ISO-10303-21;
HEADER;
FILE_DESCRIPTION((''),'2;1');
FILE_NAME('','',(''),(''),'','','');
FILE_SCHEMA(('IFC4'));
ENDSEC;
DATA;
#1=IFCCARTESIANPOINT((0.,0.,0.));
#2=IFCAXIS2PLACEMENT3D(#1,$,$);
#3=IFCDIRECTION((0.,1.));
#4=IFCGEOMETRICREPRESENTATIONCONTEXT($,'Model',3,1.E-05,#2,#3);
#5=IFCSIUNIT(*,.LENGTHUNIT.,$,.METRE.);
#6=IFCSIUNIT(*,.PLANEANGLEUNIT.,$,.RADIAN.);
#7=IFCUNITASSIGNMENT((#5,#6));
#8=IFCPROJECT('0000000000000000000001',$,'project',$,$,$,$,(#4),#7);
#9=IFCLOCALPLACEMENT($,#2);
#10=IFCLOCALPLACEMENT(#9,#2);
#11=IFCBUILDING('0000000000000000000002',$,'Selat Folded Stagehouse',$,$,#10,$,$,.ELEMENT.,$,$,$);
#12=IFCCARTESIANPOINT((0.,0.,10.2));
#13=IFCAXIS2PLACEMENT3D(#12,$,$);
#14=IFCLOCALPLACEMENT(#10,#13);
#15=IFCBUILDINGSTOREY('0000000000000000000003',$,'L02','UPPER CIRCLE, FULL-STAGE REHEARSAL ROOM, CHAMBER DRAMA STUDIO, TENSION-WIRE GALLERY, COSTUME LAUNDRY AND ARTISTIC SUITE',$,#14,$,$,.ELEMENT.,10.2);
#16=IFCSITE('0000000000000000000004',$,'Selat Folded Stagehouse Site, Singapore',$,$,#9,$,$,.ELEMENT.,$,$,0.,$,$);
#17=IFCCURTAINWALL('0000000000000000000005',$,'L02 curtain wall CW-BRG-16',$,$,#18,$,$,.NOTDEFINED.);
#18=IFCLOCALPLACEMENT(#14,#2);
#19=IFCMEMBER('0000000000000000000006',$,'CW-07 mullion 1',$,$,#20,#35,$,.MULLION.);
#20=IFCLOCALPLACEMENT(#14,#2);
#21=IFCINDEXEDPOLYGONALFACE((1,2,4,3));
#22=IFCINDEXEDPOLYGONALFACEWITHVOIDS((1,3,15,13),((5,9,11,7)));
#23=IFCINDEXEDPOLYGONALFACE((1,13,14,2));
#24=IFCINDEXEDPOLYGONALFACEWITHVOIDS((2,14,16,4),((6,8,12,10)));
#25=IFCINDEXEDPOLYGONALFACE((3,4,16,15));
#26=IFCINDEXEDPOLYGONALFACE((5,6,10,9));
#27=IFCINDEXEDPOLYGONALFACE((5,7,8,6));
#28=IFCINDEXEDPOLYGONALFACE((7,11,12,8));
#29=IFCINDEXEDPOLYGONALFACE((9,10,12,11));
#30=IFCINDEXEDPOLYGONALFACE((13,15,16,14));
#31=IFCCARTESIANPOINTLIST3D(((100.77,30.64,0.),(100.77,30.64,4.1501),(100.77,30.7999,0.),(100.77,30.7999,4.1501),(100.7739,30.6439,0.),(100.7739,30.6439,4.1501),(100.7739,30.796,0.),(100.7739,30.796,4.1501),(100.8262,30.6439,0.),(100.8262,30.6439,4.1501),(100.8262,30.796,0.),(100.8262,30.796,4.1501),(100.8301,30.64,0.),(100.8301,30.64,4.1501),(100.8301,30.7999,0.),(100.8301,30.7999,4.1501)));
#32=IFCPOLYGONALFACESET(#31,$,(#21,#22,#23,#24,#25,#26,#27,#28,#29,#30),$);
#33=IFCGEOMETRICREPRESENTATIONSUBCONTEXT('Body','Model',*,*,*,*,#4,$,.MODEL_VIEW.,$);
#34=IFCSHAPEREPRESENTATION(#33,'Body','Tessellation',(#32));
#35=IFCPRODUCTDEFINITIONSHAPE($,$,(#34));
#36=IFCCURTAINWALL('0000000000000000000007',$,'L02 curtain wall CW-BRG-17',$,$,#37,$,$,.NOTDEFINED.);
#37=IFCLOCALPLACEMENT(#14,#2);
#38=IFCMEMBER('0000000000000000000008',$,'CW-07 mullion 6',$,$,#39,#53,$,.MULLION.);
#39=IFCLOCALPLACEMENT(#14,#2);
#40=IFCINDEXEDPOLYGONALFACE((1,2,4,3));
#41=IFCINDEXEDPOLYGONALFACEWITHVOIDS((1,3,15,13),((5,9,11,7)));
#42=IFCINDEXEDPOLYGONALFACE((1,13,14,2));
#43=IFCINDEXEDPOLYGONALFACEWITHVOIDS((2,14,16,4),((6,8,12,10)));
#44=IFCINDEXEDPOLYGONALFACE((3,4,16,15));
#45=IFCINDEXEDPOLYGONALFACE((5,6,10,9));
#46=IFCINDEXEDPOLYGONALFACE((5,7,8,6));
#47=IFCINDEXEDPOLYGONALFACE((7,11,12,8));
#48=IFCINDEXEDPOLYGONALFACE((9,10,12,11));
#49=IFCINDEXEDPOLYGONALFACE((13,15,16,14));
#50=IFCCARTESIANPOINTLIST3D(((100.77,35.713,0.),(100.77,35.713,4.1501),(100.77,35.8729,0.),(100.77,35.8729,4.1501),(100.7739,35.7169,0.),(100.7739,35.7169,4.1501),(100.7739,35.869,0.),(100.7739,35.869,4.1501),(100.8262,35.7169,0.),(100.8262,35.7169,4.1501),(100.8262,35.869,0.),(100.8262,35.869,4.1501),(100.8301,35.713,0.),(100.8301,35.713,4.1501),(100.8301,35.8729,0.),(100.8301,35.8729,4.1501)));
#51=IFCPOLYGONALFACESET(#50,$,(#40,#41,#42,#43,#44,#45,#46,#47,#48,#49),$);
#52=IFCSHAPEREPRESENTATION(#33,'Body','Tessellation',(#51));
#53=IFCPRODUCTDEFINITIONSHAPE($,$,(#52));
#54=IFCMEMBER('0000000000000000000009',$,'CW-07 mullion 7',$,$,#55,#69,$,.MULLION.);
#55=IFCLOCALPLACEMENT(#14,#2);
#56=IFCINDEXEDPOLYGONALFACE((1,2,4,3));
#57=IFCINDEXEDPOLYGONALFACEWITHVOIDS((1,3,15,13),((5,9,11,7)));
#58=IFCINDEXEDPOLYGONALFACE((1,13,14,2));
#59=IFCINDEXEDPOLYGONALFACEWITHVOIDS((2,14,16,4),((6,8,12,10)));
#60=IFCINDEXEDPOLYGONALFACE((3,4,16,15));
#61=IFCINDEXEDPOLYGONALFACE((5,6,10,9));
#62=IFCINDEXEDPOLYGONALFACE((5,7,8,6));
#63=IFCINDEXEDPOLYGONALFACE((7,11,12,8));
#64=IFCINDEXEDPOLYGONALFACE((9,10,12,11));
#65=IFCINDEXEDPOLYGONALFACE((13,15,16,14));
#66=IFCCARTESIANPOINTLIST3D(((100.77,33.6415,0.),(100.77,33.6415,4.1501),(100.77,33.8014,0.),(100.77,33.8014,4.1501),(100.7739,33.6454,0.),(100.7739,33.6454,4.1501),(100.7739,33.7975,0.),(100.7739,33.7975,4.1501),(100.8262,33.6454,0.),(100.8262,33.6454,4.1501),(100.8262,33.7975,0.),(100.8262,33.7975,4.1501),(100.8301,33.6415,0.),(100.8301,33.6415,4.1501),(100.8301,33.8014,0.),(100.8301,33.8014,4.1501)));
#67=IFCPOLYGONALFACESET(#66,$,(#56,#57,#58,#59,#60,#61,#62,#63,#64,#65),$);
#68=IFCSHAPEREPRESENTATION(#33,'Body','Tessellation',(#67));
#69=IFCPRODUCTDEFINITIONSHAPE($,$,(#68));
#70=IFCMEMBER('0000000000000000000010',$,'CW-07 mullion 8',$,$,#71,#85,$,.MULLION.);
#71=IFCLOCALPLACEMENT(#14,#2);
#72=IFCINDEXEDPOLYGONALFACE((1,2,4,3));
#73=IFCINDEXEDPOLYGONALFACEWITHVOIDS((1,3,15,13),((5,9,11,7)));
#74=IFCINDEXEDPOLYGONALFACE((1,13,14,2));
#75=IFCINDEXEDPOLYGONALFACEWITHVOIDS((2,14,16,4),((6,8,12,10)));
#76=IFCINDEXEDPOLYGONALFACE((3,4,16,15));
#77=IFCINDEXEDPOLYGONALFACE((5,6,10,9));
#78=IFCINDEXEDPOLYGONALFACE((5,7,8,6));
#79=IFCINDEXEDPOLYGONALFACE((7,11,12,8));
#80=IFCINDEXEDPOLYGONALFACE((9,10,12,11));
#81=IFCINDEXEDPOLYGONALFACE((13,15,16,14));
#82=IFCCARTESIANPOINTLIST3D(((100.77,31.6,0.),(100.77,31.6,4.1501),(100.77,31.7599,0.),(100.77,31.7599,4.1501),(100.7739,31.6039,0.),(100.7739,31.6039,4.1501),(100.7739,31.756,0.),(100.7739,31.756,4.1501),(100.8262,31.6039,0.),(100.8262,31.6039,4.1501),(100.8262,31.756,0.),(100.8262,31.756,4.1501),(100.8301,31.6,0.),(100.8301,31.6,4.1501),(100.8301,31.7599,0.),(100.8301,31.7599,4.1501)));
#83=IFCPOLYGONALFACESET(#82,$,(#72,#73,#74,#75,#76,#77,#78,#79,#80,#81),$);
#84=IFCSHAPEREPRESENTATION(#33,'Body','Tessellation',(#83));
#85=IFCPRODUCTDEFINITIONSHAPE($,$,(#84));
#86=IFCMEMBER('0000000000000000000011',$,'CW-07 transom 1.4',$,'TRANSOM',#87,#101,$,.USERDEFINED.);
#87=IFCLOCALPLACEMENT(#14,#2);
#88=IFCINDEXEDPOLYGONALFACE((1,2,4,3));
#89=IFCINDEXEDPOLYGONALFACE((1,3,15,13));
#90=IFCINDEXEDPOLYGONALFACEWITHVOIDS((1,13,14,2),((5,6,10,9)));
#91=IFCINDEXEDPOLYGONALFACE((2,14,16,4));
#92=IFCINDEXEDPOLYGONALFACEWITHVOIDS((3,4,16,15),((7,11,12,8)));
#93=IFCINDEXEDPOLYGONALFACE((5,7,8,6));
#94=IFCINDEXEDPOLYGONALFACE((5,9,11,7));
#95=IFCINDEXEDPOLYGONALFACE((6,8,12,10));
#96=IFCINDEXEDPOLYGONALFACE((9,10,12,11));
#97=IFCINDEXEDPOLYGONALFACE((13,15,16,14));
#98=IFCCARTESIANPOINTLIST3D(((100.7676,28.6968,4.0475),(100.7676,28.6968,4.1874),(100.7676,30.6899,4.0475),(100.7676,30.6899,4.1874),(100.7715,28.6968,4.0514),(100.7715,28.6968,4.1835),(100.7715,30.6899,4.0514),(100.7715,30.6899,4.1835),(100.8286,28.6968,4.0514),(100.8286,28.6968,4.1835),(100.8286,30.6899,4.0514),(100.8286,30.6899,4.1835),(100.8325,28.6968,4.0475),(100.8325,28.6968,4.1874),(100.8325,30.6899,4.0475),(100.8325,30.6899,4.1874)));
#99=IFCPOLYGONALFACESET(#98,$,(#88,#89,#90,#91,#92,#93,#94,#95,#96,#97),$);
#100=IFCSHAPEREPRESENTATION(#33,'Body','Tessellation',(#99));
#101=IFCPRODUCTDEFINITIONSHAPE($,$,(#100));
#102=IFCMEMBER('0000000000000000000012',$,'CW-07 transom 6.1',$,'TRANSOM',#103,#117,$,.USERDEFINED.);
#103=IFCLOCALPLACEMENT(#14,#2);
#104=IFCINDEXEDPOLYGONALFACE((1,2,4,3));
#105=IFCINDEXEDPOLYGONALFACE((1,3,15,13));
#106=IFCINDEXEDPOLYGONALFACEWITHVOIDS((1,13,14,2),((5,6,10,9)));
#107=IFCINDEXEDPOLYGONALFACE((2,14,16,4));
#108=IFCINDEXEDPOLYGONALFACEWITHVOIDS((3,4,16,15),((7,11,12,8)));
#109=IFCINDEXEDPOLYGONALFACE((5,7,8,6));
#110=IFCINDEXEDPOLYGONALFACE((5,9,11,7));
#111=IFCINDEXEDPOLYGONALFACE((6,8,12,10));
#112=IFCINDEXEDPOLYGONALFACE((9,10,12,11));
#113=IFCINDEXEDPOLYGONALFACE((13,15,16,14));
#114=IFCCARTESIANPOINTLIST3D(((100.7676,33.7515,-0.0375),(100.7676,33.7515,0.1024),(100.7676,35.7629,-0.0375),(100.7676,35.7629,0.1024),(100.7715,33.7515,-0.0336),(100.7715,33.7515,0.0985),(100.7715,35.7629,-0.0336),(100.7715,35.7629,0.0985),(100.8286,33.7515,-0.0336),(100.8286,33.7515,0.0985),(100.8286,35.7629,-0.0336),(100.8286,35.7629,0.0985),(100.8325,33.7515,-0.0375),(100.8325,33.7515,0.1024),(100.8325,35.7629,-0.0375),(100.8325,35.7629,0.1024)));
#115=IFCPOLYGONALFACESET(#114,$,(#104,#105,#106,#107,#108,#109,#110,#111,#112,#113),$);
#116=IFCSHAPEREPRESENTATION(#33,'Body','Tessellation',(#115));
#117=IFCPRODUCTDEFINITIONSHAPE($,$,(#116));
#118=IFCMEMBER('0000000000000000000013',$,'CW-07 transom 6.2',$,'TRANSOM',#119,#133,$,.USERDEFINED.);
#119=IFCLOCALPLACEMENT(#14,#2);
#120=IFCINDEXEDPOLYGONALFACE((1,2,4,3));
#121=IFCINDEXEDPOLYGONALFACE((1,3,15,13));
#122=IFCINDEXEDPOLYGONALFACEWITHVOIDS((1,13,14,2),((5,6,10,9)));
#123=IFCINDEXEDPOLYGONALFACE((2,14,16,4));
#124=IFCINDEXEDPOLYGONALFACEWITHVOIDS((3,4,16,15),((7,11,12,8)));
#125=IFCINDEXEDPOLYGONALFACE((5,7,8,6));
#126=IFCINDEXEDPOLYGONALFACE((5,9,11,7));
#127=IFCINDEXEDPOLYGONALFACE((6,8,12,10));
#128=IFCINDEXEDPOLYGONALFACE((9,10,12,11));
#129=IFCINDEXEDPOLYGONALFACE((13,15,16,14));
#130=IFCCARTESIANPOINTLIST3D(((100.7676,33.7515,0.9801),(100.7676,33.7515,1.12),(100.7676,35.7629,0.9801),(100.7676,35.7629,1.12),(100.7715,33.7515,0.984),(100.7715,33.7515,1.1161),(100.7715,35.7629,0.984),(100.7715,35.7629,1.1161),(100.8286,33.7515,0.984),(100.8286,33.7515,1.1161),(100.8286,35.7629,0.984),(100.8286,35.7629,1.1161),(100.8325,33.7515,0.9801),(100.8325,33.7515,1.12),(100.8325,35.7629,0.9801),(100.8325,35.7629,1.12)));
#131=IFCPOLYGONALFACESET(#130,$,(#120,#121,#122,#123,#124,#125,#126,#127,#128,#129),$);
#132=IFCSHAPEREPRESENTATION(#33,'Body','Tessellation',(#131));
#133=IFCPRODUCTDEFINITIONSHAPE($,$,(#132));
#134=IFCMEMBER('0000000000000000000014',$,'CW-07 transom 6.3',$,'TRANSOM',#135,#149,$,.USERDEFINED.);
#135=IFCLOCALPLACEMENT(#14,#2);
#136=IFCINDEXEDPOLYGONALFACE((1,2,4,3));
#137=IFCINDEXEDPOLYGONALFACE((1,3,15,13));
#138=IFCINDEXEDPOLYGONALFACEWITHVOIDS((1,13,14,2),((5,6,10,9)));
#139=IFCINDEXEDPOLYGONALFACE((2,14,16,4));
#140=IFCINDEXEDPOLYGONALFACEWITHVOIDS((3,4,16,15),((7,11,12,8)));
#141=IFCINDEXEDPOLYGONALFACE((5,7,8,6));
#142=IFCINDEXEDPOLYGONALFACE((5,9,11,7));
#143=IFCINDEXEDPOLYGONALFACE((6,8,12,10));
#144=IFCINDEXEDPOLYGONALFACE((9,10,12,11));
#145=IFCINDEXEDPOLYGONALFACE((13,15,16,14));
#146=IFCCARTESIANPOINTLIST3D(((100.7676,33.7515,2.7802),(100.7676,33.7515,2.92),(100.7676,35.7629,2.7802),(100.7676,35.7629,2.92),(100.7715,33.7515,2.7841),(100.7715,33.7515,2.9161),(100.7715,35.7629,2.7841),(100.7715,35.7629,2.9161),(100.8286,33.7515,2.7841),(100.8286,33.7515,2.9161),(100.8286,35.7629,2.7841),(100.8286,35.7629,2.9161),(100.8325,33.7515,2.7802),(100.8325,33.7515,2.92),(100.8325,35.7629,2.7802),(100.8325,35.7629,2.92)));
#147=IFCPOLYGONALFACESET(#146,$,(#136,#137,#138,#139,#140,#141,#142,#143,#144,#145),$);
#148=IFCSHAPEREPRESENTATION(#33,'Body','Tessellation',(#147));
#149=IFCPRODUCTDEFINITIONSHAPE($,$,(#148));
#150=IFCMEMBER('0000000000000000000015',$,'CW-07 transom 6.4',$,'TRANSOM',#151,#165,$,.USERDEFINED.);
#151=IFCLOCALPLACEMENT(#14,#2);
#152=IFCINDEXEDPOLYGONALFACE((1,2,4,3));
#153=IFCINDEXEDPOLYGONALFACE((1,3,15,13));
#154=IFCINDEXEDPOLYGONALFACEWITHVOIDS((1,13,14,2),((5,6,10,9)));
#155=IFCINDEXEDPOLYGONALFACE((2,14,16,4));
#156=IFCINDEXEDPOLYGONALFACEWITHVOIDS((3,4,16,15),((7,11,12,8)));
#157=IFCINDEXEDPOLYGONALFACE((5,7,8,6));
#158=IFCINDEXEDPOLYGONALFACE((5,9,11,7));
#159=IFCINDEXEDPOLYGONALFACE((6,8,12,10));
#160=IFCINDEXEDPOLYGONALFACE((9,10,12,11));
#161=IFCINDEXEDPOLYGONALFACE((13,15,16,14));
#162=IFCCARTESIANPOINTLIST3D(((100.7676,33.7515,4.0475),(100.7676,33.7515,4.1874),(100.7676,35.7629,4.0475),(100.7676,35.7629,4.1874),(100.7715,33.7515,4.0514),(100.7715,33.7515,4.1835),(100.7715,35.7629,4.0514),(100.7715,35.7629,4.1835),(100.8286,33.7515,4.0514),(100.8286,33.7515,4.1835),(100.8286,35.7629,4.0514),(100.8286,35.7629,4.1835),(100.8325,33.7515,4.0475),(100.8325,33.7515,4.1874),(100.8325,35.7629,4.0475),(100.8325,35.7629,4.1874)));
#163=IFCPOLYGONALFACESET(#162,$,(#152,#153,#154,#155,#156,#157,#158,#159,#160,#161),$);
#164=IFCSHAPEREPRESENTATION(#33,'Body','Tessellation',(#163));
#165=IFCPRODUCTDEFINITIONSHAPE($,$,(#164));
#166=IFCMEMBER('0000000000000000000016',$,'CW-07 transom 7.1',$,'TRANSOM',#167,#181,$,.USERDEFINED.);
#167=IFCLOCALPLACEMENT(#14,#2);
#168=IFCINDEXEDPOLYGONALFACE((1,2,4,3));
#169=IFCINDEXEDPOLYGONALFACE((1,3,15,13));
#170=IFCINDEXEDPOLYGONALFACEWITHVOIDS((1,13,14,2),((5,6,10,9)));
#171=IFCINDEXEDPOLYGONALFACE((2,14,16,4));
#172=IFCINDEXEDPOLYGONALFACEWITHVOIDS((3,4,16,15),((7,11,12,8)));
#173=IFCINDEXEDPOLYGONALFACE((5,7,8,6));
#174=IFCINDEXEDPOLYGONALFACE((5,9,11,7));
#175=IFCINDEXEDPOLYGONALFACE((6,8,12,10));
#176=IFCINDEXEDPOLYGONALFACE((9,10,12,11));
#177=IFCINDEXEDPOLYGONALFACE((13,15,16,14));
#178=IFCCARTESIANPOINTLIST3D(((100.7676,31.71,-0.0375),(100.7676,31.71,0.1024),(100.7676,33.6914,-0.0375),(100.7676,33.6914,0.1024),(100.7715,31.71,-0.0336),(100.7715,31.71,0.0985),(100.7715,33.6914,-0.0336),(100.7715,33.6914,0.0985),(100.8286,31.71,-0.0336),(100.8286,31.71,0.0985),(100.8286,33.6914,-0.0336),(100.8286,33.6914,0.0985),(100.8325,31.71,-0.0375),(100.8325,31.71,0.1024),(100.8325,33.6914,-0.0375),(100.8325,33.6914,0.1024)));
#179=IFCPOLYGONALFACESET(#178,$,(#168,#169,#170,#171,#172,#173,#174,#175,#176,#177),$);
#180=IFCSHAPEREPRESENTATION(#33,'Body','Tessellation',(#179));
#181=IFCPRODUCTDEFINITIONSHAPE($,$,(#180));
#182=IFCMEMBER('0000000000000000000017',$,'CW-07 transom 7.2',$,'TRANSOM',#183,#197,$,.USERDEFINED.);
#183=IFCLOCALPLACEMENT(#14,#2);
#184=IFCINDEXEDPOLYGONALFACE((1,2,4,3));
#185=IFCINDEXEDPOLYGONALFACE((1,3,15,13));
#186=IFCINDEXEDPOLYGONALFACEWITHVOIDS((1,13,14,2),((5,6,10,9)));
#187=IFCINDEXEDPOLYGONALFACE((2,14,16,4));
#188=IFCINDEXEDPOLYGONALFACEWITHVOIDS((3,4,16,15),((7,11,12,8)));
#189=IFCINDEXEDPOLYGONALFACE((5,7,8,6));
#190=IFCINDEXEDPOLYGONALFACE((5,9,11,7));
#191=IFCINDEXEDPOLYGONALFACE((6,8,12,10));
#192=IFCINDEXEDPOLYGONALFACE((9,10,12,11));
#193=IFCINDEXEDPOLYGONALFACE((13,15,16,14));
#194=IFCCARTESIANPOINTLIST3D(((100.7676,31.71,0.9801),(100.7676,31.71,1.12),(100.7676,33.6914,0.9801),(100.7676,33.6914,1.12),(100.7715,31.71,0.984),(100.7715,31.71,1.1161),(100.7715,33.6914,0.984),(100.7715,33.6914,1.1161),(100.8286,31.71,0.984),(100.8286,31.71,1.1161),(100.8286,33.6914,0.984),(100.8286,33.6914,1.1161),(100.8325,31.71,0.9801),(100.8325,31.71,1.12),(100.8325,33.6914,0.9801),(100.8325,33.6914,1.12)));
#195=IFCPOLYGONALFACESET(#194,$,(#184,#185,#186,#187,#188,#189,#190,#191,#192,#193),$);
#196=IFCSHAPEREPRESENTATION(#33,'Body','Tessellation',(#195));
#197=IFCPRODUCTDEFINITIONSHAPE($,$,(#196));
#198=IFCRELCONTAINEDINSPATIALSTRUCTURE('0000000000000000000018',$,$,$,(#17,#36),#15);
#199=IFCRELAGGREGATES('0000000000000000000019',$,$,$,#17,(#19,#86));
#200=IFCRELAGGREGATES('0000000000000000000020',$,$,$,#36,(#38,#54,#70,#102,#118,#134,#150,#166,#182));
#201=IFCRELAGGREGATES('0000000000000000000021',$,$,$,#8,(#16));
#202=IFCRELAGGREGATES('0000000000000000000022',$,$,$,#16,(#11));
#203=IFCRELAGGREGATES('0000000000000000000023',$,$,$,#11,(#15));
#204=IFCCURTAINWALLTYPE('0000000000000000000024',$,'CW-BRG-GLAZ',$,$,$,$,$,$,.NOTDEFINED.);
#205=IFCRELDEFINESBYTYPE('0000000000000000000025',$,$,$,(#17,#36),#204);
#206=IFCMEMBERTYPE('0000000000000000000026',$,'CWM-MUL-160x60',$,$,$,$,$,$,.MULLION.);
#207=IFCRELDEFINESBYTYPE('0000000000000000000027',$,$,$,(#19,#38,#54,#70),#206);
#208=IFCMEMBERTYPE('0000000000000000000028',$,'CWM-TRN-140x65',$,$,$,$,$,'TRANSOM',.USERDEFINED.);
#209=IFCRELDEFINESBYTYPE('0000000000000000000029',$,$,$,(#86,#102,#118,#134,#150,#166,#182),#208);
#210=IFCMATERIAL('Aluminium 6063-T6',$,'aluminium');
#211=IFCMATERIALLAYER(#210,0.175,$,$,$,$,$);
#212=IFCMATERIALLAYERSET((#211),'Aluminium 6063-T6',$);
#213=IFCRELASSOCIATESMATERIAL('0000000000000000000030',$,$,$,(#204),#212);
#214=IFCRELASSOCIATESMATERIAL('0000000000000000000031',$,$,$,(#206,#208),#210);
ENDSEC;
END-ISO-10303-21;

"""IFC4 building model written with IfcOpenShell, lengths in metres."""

from ifc_helpers import new_model, si_unit, direction, frame, origin, origin_2d, place, context, subcontext, project, spatial, hollow_rectangle, extrude, material, layer, layer_set, material_profile, profile_set, type_object, element, aggregate, save


model = new_model("IFC4")

# Units and contexts
model_context = context("Model", 3, precision=1e-05, world=origin(), true_north=direction((0.0, 1.0)))
body_context = subcontext(model_context, "Body", "Model", "MODEL_VIEW")
ifc_project = project(units=[si_unit("LENGTHUNIT", "METRE"), si_unit("PLANEANGLEUNIT", "RADIAN")], contexts=[model_context])

# Site, building, storey
site_placement = place(None, origin())
site = spatial("IfcSite", under=ifc_project, at=site_placement, Name="Selat Folded Stagehouse Site, Singapore", CompositionType="ELEMENT", RefElevation=0.0)
building_placement = place(site_placement, origin())
building = spatial("IfcBuilding", under=site, at=building_placement, Name="Selat Folded Stagehouse", CompositionType="ELEMENT")
storey_placement = place(building_placement, frame((0.0, 0.0, 10.2)))
storey = spatial("IfcBuildingStorey", under=building, at=storey_placement, Name="L02", Description="UPPER CIRCLE, FULL-STAGE REHEARSAL ROOM, CHAMBER DRAMA STUDIO, TENSION-WIRE GALLERY, COSTUME LAUNDRY AND ARTISTIC SUITE", CompositionType="ELEMENT", Elevation=10.2)

# Curtain wall, member
ifc_material_1 = material(Name="Aluminium 6063-T6", Category="aluminium")
ifc_layer_1 = layer(ifc_material_1, 0.175)
ifc_layer_set_1 = layer_set([ifc_layer_1], Name="Aluminium 6063-T6")
curtain_wall_type = type_object("IfcCurtainWallType", Name="CW-BRG-GLAZ", PredefinedType="NOTDEFINED", material=ifc_layer_set_1)
curtain_wall_1_placement = place(storey_placement, origin())
curtain_wall_1 = element("IfcCurtainWall", 1, at=curtain_wall_1_placement, inside=storey, type_object=curtain_wall_type, Name="L02 curtain wall CW-BRG-16", PredefinedType="NOTDEFINED")
ifc_material_profile_1 = material_profile(ifc_material_1, hollow_rectangle(XDim=0.0601, YDim=0.1599, WallThickness=0.0039, at=origin_2d()), Name="ALU 160x60x4.0")
ifc_profile_set_1 = profile_set([ifc_material_profile_1], Name="Aluminium 6063-T6")
member_type_1 = type_object("IfcMemberType", Name="CWM-MUL-160x60", PredefinedType="MULLION", material=ifc_profile_set_1)
member_1_placement = place(storey_placement, frame((100.8, 30.72, 0.0), z_axis=(0.0, 0.0, 1.0), x_axis=(1.0, 0.0, 0.0)))
member_1 = element("IfcMember", 2, at=member_1_placement, type_object=member_type_1, Name="CW-07 mullion 1", PredefinedType="MULLION", context=body_context, shape_type="SweptSolid", body=[
    extrude(hollow_rectangle(XDim=0.0601, YDim=0.1599, WallThickness=0.0039, at=origin_2d()), origin(), (0.0, 0.0, 1.0), 4.1501),
])

# Curtain wall, members
curtain_wall_2_placement = place(storey_placement, origin())
curtain_wall_2 = element("IfcCurtainWall", 3, at=curtain_wall_2_placement, inside=storey, type_object=curtain_wall_type, Name="L02 curtain wall CW-BRG-17", PredefinedType="NOTDEFINED")
member_2_placement = place(storey_placement, frame((100.8, 35.793, 0.0), z_axis=(0.0, 0.0, 1.0), x_axis=(1.0, 0.0, 0.0)))
member_2 = element("IfcMember", 4, at=member_2_placement, type_object=member_type_1, Name="CW-07 mullion 6", PredefinedType="MULLION", context=body_context, shape_type="SweptSolid", body=[
    extrude(hollow_rectangle(XDim=0.0601, YDim=0.1599, WallThickness=0.0039, at=origin_2d()), origin(), (0.0, 0.0, 1.0), 4.1501),
])
member_3_placement = place(storey_placement, frame((100.8, 33.7214, 0.0), z_axis=(0.0, 0.0, 1.0), x_axis=(1.0, 0.0, 0.0)))
member_3 = element("IfcMember", 5, at=member_3_placement, type_object=member_type_1, Name="CW-07 mullion 7", PredefinedType="MULLION", context=body_context, shape_type="SweptSolid", body=[
    extrude(hollow_rectangle(XDim=0.0601, YDim=0.1599, WallThickness=0.0039, at=origin_2d()), origin(), (0.0, 0.0, 1.0), 4.1501),
])
member_4_placement = place(storey_placement, frame((100.8, 31.6799, 0.0), z_axis=(0.0, 0.0, 1.0), x_axis=(1.0, 0.0, 0.0)))
member_4 = element("IfcMember", 6, at=member_4_placement, type_object=member_type_1, Name="CW-07 mullion 8", PredefinedType="MULLION", context=body_context, shape_type="SweptSolid", body=[
    extrude(hollow_rectangle(XDim=0.0601, YDim=0.1599, WallThickness=0.0039, at=origin_2d()), origin(), (0.0, 0.0, 1.0), 4.1501),
])

# Members
ifc_material_profile_2 = material_profile(ifc_material_1, hollow_rectangle(XDim=0.0649, YDim=0.1399, WallThickness=0.0039, at=origin_2d()), Name="ALU 140x65x4.0")
ifc_profile_set_2 = profile_set([ifc_material_profile_2], Name="Aluminium 6063-T6")
member_type_2 = type_object("IfcMemberType", Name="CWM-TRN-140x65", ElementType="TRANSOM", PredefinedType="USERDEFINED", material=ifc_profile_set_2)
member_5_placement = place(storey_placement, frame((100.8, 30.6899, 4.1174), z_axis=(0.0, -1.0, 0.0), x_axis=(1.0, 0.0, 0.0)))
member_5 = element("IfcMember", 7, at=member_5_placement, type_object=member_type_2, Name="CW-07 transom 1.4", ObjectType="TRANSOM", PredefinedType="USERDEFINED", context=body_context, shape_type="SweptSolid", body=[
    extrude(hollow_rectangle(XDim=0.0649, YDim=0.1399, WallThickness=0.0039, at=origin_2d()), origin(), (0.0, 0.0, 1.0), 1.9932),
])
aggregate(curtain_wall_1, [member_1, member_5])
member_6_placement = place(storey_placement, frame((100.8, 35.7629, 0.0325), z_axis=(0.0, -1.0, 0.0), x_axis=(1.0, 0.0, 0.0)))
member_6 = element("IfcMember", 8, at=member_6_placement, type_object=member_type_2, Name="CW-07 transom 6.1", ObjectType="TRANSOM", PredefinedType="USERDEFINED", context=body_context, shape_type="SweptSolid", body=[
    extrude(hollow_rectangle(XDim=0.0649, YDim=0.1399, WallThickness=0.0039, at=origin_2d()), origin(), (0.0, 0.0, 1.0), 2.0115),
])
member_7_placement = place(storey_placement, frame((100.8, 35.7629, 1.05), z_axis=(0.0, -1.0, 0.0), x_axis=(1.0, 0.0, 0.0)))
member_7 = element("IfcMember", 9, at=member_7_placement, type_object=member_type_2, Name="CW-07 transom 6.2", ObjectType="TRANSOM", PredefinedType="USERDEFINED", context=body_context, shape_type="SweptSolid", body=[
    extrude(hollow_rectangle(XDim=0.0649, YDim=0.1399, WallThickness=0.0039, at=origin_2d()), origin(), (0.0, 0.0, 1.0), 2.0115),
])
member_8_placement = place(storey_placement, frame((100.8, 35.7629, 2.8501), z_axis=(0.0, -1.0, 0.0), x_axis=(1.0, 0.0, 0.0)))
member_8 = element("IfcMember", 10, at=member_8_placement, type_object=member_type_2, Name="CW-07 transom 6.3", ObjectType="TRANSOM", PredefinedType="USERDEFINED", context=body_context, shape_type="SweptSolid", body=[
    extrude(hollow_rectangle(XDim=0.0649, YDim=0.1399, WallThickness=0.0039, at=origin_2d()), origin(), (0.0, 0.0, 1.0), 2.0115),
])
member_9_placement = place(storey_placement, frame((100.8, 35.7629, 4.1174), z_axis=(0.0, -1.0, 0.0), x_axis=(1.0, 0.0, 0.0)))
member_9 = element("IfcMember", 11, at=member_9_placement, type_object=member_type_2, Name="CW-07 transom 6.4", ObjectType="TRANSOM", PredefinedType="USERDEFINED", context=body_context, shape_type="SweptSolid", body=[
    extrude(hollow_rectangle(XDim=0.0649, YDim=0.1399, WallThickness=0.0039, at=origin_2d()), origin(), (0.0, 0.0, 1.0), 2.0115),
])
member_10_placement = place(storey_placement, frame((100.8, 33.6914, 0.0325), z_axis=(0.0, -1.0, 0.0), x_axis=(1.0, 0.0, 0.0)))
member_10 = element("IfcMember", 12, at=member_10_placement, type_object=member_type_2, Name="CW-07 transom 7.1", ObjectType="TRANSOM", PredefinedType="USERDEFINED", context=body_context, shape_type="SweptSolid", body=[
    extrude(hollow_rectangle(XDim=0.0649, YDim=0.1399, WallThickness=0.0039, at=origin_2d()), origin(), (0.0, 0.0, 1.0), 1.9814),
])
member_11_placement = place(storey_placement, frame((100.8, 33.6914, 1.05), z_axis=(0.0, -1.0, 0.0), x_axis=(1.0, 0.0, 0.0)))
member_11 = element("IfcMember", 13, at=member_11_placement, type_object=member_type_2, Name="CW-07 transom 7.2", ObjectType="TRANSOM", PredefinedType="USERDEFINED", context=body_context, shape_type="SweptSolid", body=[
    extrude(hollow_rectangle(XDim=0.0649, YDim=0.1399, WallThickness=0.0039, at=origin_2d()), origin(), (0.0, 0.0, 1.0), 1.9814),
])

aggregate(curtain_wall_2, [member_2, member_3, member_4, member_6, member_7, member_8, member_9, member_10, member_11])

save(model, "model.ifc")
